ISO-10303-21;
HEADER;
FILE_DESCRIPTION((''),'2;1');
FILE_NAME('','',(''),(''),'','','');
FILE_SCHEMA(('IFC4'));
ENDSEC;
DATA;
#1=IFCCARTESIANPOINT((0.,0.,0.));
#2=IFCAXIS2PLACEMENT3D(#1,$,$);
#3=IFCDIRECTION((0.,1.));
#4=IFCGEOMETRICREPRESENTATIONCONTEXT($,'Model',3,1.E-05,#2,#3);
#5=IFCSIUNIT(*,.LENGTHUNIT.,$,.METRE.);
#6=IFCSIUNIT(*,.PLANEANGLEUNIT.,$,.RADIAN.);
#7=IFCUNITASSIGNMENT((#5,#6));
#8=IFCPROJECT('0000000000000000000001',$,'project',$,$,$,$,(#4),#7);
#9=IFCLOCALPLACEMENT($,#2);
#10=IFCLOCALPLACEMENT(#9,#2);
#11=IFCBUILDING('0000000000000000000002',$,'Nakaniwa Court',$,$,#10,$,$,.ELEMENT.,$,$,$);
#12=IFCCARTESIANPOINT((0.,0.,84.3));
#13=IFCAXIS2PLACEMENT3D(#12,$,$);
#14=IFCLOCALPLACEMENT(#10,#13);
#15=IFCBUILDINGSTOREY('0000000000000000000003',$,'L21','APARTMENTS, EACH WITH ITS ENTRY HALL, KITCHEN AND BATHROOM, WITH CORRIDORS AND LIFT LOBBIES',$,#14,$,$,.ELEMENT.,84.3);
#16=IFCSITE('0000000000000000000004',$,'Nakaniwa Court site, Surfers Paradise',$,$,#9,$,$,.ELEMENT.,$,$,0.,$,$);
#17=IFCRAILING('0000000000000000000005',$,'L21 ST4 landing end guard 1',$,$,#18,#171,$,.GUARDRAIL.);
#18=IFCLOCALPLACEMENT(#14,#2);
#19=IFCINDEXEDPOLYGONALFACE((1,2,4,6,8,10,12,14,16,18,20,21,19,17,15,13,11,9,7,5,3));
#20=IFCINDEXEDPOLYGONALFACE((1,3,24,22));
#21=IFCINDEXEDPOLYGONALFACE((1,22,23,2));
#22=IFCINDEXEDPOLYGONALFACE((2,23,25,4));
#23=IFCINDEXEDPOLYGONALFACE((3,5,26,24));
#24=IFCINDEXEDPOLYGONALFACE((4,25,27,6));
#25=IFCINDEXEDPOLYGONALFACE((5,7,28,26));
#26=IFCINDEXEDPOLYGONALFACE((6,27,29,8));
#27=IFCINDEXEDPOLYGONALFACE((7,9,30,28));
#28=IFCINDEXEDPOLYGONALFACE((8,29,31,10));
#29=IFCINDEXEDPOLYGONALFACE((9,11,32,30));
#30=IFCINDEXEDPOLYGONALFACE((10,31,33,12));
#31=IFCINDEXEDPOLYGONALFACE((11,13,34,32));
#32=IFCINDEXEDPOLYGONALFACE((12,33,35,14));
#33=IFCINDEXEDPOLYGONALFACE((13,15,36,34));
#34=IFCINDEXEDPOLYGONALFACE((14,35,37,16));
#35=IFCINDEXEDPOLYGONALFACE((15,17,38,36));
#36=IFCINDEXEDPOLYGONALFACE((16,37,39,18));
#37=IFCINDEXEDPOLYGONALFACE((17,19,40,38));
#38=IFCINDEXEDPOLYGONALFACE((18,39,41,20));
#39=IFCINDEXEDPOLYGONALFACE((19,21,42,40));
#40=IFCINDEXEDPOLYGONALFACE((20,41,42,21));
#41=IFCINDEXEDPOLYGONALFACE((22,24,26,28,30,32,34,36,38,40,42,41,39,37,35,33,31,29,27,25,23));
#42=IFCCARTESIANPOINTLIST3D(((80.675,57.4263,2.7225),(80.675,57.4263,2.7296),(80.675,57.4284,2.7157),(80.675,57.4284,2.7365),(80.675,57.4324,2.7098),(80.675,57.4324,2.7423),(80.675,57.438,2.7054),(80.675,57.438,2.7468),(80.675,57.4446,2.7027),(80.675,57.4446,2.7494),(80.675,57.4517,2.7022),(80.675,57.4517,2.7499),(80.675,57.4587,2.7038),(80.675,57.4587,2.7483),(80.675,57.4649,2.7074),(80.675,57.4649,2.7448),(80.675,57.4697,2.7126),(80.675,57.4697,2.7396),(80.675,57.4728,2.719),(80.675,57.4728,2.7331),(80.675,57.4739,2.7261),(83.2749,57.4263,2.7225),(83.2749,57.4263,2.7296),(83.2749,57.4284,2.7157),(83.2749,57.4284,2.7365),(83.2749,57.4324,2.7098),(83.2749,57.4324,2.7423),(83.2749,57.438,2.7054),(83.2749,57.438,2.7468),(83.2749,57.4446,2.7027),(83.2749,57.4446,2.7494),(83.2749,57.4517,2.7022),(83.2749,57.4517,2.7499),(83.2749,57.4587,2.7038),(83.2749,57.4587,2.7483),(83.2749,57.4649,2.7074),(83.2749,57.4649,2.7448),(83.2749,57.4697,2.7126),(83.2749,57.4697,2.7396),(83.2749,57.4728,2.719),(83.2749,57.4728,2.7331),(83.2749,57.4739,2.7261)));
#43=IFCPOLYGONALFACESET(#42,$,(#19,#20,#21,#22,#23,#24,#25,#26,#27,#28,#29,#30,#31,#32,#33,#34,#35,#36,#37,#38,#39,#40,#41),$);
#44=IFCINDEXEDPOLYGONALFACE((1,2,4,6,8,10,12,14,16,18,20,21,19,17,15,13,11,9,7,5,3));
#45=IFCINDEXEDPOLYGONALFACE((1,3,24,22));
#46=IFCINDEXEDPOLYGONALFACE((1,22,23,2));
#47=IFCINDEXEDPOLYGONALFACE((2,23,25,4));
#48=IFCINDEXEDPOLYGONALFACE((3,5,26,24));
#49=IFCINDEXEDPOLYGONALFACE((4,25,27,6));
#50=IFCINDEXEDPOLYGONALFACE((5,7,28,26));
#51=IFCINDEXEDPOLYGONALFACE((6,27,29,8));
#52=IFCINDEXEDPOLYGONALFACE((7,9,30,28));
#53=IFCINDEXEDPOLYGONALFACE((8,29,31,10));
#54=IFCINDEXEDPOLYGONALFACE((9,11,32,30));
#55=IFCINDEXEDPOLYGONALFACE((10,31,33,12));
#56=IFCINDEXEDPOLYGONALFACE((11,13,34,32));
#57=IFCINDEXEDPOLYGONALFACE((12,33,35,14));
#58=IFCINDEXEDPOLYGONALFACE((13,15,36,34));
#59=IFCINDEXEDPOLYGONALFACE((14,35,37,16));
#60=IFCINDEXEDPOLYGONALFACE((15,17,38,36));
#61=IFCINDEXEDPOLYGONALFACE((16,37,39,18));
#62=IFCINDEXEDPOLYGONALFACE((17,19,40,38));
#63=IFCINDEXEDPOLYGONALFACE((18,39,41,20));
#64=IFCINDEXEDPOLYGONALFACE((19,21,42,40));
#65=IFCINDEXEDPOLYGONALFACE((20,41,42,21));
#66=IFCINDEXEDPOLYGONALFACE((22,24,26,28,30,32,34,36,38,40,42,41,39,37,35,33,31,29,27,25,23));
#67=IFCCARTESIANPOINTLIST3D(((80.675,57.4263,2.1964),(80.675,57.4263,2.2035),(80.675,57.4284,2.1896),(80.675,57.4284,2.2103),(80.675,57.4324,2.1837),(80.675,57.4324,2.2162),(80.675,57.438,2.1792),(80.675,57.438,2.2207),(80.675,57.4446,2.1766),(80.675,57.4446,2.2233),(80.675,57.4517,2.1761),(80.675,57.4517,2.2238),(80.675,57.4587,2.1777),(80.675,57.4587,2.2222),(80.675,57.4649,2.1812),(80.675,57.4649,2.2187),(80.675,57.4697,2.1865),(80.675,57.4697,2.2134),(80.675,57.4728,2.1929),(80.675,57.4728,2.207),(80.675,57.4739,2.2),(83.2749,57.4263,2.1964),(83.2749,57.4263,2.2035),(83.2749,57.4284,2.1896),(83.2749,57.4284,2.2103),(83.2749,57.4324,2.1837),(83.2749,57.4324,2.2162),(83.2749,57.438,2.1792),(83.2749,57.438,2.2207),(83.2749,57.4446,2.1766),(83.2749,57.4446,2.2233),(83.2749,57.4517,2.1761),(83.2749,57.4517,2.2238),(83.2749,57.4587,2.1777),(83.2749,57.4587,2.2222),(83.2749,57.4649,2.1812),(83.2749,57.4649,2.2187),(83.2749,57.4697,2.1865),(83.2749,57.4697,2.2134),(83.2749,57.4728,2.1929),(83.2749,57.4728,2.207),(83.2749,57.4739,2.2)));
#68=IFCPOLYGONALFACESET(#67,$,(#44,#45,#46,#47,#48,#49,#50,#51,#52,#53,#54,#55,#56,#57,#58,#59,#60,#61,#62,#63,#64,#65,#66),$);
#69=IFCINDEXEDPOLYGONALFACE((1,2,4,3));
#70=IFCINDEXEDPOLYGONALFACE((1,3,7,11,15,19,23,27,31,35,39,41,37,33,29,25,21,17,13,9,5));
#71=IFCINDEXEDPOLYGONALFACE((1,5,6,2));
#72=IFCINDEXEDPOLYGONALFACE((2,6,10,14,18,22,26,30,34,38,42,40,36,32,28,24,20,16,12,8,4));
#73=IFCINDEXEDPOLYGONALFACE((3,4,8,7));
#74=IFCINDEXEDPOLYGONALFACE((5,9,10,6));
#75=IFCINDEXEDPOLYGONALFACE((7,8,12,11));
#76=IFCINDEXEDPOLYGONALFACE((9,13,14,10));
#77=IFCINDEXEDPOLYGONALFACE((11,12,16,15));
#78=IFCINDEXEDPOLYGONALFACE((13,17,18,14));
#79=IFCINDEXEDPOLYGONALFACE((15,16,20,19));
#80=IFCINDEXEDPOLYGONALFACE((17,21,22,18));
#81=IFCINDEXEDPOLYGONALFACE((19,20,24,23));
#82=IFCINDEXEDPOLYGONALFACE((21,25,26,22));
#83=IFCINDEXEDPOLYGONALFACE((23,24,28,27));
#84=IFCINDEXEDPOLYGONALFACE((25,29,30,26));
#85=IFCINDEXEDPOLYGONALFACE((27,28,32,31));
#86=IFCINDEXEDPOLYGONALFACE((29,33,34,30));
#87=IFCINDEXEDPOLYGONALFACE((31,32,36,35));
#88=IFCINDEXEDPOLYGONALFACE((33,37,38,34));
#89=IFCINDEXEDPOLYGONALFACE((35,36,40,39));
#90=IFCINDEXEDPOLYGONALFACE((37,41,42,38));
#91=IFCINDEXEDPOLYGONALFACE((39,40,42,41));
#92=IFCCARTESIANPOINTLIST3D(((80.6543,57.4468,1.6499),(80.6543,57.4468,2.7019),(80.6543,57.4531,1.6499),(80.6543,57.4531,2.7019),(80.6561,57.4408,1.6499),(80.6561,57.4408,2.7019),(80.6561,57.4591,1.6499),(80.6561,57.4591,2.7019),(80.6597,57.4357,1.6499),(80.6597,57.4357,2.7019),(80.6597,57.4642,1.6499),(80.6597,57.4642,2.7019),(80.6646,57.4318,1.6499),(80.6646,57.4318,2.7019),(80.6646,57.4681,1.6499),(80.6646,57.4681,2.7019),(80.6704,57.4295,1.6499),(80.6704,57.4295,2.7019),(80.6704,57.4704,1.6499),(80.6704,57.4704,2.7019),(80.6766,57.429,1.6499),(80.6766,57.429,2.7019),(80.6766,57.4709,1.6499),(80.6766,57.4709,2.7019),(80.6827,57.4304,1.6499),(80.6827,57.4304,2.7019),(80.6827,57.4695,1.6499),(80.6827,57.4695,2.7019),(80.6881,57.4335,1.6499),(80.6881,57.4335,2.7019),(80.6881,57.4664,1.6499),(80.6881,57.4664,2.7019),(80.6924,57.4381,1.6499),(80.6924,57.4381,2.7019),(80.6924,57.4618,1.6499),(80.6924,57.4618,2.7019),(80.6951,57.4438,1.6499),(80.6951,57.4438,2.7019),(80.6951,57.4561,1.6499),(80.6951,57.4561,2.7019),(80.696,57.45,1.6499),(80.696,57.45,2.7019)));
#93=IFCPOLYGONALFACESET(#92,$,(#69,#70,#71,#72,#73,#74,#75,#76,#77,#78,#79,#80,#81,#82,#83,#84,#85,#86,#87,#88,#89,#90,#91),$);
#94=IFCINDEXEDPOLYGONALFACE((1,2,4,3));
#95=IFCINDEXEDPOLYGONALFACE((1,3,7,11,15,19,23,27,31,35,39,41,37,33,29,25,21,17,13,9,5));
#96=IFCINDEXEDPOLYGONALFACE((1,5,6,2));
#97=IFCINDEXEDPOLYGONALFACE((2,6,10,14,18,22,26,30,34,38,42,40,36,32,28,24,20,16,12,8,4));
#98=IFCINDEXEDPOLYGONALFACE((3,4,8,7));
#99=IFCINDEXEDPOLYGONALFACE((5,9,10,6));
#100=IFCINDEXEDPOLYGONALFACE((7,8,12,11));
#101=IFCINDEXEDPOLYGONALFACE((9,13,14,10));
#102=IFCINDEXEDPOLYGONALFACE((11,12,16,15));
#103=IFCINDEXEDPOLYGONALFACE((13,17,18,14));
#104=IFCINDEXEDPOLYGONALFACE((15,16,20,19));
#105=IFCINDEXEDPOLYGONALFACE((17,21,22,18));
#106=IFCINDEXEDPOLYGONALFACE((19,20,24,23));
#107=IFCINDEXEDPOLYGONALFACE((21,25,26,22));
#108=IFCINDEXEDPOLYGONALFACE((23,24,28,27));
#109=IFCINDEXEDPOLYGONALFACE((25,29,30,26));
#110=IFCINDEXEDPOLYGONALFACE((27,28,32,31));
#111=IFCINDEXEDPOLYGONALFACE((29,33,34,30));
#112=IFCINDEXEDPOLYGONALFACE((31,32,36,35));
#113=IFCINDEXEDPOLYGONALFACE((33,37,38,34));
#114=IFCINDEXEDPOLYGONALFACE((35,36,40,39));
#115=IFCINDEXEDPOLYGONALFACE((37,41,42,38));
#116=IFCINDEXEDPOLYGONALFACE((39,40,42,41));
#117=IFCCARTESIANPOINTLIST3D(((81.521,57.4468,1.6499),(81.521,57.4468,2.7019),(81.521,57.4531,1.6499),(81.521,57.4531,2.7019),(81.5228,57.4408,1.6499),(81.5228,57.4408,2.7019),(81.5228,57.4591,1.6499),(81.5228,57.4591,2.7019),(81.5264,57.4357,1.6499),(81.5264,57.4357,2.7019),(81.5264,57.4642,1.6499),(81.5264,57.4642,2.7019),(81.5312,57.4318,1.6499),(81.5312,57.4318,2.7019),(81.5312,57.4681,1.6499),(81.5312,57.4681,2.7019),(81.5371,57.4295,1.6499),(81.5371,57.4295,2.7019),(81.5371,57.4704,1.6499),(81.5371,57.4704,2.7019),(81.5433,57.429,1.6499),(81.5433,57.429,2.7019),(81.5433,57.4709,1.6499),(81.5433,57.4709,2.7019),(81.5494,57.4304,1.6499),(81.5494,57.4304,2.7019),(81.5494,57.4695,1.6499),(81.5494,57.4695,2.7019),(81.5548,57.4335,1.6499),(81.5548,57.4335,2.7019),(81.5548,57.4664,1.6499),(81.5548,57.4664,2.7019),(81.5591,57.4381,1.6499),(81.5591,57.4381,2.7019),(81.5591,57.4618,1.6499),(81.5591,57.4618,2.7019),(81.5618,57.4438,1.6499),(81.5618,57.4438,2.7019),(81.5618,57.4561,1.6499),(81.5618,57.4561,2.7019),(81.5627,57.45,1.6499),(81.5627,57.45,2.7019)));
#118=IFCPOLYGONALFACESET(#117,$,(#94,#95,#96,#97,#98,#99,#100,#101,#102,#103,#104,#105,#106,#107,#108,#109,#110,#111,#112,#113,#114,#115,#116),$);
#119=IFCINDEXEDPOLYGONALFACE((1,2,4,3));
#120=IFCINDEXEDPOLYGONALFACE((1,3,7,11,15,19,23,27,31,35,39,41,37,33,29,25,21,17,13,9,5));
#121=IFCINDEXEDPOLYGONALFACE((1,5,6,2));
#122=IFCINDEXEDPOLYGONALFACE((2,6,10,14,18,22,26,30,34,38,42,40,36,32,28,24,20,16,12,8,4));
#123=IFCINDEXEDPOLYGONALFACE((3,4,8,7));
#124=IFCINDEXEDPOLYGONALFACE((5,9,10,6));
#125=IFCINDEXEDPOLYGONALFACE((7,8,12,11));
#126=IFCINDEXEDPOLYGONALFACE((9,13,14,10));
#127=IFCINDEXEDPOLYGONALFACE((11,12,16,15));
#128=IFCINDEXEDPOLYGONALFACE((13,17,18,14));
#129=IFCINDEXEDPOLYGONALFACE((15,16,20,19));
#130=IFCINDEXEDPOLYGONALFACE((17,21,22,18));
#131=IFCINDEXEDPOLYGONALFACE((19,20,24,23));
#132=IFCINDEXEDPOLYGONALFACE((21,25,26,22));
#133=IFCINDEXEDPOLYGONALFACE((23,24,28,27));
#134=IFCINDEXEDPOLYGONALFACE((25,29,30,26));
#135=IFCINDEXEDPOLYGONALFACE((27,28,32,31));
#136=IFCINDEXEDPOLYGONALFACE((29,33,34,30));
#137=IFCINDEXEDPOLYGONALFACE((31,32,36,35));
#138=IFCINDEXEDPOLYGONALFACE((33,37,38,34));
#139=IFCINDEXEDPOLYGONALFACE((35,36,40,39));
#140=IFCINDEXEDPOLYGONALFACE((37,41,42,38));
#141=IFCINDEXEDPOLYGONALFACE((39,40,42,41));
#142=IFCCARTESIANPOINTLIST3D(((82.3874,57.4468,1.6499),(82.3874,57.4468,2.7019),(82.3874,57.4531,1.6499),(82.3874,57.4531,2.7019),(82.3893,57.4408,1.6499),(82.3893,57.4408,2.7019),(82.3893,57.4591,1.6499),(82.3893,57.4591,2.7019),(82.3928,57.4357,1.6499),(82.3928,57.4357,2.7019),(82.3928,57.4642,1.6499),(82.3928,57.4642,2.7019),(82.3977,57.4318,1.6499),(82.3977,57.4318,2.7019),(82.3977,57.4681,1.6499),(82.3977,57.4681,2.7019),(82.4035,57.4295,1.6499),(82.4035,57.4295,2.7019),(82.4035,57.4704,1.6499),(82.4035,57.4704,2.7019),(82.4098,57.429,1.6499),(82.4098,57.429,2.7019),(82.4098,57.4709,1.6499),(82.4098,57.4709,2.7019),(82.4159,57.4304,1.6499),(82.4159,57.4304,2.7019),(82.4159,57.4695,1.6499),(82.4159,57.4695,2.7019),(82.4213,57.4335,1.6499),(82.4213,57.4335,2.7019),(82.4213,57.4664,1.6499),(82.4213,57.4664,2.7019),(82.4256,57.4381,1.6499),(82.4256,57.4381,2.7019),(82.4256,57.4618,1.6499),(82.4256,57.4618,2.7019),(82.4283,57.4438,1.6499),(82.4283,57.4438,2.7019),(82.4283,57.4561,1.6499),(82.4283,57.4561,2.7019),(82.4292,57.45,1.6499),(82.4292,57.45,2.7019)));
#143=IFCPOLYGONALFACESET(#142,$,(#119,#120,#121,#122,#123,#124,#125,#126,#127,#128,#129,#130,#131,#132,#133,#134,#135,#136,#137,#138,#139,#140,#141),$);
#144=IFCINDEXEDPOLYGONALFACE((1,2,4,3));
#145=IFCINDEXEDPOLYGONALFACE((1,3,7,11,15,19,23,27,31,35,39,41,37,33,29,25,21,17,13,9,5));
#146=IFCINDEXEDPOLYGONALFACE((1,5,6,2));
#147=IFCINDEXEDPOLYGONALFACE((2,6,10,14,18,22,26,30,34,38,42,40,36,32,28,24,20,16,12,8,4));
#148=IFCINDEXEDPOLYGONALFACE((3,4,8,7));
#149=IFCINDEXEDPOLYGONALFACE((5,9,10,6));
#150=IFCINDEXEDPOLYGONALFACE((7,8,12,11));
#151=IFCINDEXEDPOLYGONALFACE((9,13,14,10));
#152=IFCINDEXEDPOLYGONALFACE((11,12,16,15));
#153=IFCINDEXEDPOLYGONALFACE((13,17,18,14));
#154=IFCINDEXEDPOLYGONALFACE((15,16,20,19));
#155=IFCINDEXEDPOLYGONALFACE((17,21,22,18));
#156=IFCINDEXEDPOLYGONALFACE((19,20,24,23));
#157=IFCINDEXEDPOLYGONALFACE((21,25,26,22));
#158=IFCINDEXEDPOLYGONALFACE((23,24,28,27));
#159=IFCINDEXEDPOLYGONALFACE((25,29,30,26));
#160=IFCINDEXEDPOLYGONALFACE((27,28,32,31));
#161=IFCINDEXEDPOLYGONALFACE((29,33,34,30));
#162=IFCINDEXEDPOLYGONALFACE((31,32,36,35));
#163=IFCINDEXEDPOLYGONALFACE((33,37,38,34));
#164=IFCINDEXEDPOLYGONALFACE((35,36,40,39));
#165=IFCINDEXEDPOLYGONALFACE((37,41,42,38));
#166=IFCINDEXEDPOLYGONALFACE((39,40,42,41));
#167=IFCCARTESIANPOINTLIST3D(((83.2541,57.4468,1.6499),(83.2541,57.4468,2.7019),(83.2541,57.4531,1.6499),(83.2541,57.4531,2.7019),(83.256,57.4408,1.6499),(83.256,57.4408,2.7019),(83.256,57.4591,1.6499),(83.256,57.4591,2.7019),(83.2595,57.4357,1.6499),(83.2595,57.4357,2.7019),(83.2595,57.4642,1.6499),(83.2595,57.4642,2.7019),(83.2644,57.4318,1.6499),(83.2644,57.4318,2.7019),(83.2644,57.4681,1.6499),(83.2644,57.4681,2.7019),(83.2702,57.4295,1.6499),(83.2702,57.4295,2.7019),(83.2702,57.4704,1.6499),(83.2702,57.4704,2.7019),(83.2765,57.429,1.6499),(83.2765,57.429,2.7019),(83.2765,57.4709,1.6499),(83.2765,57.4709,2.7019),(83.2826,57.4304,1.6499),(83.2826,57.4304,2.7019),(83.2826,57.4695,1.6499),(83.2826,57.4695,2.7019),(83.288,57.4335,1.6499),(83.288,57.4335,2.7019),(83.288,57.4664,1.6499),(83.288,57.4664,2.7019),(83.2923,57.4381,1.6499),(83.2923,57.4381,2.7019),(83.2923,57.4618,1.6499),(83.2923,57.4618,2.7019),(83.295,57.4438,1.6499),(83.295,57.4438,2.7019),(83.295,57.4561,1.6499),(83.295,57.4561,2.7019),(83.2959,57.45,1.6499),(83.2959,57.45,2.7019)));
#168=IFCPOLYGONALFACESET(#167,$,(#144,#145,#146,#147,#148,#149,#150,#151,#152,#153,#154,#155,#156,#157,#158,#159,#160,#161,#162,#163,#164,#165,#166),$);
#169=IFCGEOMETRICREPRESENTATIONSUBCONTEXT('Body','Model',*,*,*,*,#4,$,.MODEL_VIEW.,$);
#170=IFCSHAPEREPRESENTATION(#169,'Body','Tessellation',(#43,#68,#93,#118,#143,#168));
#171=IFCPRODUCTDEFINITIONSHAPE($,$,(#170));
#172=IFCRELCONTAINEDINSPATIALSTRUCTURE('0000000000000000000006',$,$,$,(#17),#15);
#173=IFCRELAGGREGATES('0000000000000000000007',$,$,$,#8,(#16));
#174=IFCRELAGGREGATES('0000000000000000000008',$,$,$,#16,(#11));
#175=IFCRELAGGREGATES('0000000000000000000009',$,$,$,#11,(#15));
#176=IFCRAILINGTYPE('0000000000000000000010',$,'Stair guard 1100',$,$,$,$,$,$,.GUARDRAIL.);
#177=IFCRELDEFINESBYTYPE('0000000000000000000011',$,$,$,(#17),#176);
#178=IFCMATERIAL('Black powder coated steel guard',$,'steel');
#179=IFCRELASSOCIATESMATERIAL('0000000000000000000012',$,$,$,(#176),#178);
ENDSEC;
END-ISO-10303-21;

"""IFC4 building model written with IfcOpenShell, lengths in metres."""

from ifc_helpers import new_model, si_unit, direction, frame, origin, origin_2d, place, context, subcontext, project, spatial, circle, extrude, material, type_object, element, save


model = new_model("IFC4")

# Units and contexts
model_context = context("Model", 3, precision=1e-05, world=origin(), true_north=direction((0.0, 1.0)))
body_context = subcontext(model_context, "Body", "Model", "MODEL_VIEW")
ifc_project = project(units=[si_unit("LENGTHUNIT", "METRE"), si_unit("PLANEANGLEUNIT", "RADIAN")], contexts=[model_context])

# Site, building, storey
site_placement = place(None, origin())
site = spatial("IfcSite", under=ifc_project, at=site_placement, Name="Nakaniwa Court site, Surfers Paradise", CompositionType="ELEMENT", RefElevation=0.0)
building_placement = place(site_placement, origin())
building = spatial("IfcBuilding", under=site, at=building_placement, Name="Nakaniwa Court", CompositionType="ELEMENT")
storey_placement = place(building_placement, frame((0.0, 0.0, 84.3)))
storey = spatial("IfcBuildingStorey", under=building, at=storey_placement, Name="L21", Description="APARTMENTS, EACH WITH ITS ENTRY HALL, KITCHEN AND BATHROOM, WITH CORRIDORS AND LIFT LOBBIES", CompositionType="ELEMENT", Elevation=84.3)

# Railing
ifc_material_1 = material(Name="Black powder coated steel guard", Category="steel")
railing_type_1 = type_object("IfcRailingType", Name="Stair guard 1100", PredefinedType="GUARDRAIL", material=ifc_material_1)
railing_1_placement = place(storey_placement, frame((80.675, 57.45, 1.6499)))
element("IfcRailing", 1, at=railing_1_placement, inside=storey, type_object=railing_type_1, Name="L21 ST4 landing end guard 1", PredefinedType="GUARDRAIL", context=body_context, shape_type="SweptSolid", body=[
    extrude(circle(Radius=0.0239, at=origin_2d()), frame((0.0, 0.0, 1.0762), z_axis=(1.0, 0.0, 0.0), x_axis=(0.0, 1.0, 0.0)), (0.0, 0.0, 1.0), 2.5999),
    extrude(circle(Radius=0.0239, at=origin_2d()), frame((0.0, 0.0, 0.55), z_axis=(1.0, 0.0, 0.0), x_axis=(0.0, 1.0, 0.0)), (0.0, 0.0, 1.0), 2.5999),
    extrude(circle(Radius=0.021, at=origin_2d()), origin(), (0.0, 0.0, 1.0), 1.052),
    extrude(circle(Radius=0.021, at=origin_2d()), frame((0.8667, 0.0, 0.0)), (0.0, 0.0, 1.0), 1.052),
    extrude(circle(Radius=0.021, at=origin_2d()), frame((1.7332, 0.0, 0.0)), (0.0, 0.0, 1.0), 1.052),
    extrude(circle(Radius=0.021, at=origin_2d()), frame((2.5999, 0.0, 0.0)), (0.0, 0.0, 1.0), 1.052),
])

save(model, "model.ifc")
